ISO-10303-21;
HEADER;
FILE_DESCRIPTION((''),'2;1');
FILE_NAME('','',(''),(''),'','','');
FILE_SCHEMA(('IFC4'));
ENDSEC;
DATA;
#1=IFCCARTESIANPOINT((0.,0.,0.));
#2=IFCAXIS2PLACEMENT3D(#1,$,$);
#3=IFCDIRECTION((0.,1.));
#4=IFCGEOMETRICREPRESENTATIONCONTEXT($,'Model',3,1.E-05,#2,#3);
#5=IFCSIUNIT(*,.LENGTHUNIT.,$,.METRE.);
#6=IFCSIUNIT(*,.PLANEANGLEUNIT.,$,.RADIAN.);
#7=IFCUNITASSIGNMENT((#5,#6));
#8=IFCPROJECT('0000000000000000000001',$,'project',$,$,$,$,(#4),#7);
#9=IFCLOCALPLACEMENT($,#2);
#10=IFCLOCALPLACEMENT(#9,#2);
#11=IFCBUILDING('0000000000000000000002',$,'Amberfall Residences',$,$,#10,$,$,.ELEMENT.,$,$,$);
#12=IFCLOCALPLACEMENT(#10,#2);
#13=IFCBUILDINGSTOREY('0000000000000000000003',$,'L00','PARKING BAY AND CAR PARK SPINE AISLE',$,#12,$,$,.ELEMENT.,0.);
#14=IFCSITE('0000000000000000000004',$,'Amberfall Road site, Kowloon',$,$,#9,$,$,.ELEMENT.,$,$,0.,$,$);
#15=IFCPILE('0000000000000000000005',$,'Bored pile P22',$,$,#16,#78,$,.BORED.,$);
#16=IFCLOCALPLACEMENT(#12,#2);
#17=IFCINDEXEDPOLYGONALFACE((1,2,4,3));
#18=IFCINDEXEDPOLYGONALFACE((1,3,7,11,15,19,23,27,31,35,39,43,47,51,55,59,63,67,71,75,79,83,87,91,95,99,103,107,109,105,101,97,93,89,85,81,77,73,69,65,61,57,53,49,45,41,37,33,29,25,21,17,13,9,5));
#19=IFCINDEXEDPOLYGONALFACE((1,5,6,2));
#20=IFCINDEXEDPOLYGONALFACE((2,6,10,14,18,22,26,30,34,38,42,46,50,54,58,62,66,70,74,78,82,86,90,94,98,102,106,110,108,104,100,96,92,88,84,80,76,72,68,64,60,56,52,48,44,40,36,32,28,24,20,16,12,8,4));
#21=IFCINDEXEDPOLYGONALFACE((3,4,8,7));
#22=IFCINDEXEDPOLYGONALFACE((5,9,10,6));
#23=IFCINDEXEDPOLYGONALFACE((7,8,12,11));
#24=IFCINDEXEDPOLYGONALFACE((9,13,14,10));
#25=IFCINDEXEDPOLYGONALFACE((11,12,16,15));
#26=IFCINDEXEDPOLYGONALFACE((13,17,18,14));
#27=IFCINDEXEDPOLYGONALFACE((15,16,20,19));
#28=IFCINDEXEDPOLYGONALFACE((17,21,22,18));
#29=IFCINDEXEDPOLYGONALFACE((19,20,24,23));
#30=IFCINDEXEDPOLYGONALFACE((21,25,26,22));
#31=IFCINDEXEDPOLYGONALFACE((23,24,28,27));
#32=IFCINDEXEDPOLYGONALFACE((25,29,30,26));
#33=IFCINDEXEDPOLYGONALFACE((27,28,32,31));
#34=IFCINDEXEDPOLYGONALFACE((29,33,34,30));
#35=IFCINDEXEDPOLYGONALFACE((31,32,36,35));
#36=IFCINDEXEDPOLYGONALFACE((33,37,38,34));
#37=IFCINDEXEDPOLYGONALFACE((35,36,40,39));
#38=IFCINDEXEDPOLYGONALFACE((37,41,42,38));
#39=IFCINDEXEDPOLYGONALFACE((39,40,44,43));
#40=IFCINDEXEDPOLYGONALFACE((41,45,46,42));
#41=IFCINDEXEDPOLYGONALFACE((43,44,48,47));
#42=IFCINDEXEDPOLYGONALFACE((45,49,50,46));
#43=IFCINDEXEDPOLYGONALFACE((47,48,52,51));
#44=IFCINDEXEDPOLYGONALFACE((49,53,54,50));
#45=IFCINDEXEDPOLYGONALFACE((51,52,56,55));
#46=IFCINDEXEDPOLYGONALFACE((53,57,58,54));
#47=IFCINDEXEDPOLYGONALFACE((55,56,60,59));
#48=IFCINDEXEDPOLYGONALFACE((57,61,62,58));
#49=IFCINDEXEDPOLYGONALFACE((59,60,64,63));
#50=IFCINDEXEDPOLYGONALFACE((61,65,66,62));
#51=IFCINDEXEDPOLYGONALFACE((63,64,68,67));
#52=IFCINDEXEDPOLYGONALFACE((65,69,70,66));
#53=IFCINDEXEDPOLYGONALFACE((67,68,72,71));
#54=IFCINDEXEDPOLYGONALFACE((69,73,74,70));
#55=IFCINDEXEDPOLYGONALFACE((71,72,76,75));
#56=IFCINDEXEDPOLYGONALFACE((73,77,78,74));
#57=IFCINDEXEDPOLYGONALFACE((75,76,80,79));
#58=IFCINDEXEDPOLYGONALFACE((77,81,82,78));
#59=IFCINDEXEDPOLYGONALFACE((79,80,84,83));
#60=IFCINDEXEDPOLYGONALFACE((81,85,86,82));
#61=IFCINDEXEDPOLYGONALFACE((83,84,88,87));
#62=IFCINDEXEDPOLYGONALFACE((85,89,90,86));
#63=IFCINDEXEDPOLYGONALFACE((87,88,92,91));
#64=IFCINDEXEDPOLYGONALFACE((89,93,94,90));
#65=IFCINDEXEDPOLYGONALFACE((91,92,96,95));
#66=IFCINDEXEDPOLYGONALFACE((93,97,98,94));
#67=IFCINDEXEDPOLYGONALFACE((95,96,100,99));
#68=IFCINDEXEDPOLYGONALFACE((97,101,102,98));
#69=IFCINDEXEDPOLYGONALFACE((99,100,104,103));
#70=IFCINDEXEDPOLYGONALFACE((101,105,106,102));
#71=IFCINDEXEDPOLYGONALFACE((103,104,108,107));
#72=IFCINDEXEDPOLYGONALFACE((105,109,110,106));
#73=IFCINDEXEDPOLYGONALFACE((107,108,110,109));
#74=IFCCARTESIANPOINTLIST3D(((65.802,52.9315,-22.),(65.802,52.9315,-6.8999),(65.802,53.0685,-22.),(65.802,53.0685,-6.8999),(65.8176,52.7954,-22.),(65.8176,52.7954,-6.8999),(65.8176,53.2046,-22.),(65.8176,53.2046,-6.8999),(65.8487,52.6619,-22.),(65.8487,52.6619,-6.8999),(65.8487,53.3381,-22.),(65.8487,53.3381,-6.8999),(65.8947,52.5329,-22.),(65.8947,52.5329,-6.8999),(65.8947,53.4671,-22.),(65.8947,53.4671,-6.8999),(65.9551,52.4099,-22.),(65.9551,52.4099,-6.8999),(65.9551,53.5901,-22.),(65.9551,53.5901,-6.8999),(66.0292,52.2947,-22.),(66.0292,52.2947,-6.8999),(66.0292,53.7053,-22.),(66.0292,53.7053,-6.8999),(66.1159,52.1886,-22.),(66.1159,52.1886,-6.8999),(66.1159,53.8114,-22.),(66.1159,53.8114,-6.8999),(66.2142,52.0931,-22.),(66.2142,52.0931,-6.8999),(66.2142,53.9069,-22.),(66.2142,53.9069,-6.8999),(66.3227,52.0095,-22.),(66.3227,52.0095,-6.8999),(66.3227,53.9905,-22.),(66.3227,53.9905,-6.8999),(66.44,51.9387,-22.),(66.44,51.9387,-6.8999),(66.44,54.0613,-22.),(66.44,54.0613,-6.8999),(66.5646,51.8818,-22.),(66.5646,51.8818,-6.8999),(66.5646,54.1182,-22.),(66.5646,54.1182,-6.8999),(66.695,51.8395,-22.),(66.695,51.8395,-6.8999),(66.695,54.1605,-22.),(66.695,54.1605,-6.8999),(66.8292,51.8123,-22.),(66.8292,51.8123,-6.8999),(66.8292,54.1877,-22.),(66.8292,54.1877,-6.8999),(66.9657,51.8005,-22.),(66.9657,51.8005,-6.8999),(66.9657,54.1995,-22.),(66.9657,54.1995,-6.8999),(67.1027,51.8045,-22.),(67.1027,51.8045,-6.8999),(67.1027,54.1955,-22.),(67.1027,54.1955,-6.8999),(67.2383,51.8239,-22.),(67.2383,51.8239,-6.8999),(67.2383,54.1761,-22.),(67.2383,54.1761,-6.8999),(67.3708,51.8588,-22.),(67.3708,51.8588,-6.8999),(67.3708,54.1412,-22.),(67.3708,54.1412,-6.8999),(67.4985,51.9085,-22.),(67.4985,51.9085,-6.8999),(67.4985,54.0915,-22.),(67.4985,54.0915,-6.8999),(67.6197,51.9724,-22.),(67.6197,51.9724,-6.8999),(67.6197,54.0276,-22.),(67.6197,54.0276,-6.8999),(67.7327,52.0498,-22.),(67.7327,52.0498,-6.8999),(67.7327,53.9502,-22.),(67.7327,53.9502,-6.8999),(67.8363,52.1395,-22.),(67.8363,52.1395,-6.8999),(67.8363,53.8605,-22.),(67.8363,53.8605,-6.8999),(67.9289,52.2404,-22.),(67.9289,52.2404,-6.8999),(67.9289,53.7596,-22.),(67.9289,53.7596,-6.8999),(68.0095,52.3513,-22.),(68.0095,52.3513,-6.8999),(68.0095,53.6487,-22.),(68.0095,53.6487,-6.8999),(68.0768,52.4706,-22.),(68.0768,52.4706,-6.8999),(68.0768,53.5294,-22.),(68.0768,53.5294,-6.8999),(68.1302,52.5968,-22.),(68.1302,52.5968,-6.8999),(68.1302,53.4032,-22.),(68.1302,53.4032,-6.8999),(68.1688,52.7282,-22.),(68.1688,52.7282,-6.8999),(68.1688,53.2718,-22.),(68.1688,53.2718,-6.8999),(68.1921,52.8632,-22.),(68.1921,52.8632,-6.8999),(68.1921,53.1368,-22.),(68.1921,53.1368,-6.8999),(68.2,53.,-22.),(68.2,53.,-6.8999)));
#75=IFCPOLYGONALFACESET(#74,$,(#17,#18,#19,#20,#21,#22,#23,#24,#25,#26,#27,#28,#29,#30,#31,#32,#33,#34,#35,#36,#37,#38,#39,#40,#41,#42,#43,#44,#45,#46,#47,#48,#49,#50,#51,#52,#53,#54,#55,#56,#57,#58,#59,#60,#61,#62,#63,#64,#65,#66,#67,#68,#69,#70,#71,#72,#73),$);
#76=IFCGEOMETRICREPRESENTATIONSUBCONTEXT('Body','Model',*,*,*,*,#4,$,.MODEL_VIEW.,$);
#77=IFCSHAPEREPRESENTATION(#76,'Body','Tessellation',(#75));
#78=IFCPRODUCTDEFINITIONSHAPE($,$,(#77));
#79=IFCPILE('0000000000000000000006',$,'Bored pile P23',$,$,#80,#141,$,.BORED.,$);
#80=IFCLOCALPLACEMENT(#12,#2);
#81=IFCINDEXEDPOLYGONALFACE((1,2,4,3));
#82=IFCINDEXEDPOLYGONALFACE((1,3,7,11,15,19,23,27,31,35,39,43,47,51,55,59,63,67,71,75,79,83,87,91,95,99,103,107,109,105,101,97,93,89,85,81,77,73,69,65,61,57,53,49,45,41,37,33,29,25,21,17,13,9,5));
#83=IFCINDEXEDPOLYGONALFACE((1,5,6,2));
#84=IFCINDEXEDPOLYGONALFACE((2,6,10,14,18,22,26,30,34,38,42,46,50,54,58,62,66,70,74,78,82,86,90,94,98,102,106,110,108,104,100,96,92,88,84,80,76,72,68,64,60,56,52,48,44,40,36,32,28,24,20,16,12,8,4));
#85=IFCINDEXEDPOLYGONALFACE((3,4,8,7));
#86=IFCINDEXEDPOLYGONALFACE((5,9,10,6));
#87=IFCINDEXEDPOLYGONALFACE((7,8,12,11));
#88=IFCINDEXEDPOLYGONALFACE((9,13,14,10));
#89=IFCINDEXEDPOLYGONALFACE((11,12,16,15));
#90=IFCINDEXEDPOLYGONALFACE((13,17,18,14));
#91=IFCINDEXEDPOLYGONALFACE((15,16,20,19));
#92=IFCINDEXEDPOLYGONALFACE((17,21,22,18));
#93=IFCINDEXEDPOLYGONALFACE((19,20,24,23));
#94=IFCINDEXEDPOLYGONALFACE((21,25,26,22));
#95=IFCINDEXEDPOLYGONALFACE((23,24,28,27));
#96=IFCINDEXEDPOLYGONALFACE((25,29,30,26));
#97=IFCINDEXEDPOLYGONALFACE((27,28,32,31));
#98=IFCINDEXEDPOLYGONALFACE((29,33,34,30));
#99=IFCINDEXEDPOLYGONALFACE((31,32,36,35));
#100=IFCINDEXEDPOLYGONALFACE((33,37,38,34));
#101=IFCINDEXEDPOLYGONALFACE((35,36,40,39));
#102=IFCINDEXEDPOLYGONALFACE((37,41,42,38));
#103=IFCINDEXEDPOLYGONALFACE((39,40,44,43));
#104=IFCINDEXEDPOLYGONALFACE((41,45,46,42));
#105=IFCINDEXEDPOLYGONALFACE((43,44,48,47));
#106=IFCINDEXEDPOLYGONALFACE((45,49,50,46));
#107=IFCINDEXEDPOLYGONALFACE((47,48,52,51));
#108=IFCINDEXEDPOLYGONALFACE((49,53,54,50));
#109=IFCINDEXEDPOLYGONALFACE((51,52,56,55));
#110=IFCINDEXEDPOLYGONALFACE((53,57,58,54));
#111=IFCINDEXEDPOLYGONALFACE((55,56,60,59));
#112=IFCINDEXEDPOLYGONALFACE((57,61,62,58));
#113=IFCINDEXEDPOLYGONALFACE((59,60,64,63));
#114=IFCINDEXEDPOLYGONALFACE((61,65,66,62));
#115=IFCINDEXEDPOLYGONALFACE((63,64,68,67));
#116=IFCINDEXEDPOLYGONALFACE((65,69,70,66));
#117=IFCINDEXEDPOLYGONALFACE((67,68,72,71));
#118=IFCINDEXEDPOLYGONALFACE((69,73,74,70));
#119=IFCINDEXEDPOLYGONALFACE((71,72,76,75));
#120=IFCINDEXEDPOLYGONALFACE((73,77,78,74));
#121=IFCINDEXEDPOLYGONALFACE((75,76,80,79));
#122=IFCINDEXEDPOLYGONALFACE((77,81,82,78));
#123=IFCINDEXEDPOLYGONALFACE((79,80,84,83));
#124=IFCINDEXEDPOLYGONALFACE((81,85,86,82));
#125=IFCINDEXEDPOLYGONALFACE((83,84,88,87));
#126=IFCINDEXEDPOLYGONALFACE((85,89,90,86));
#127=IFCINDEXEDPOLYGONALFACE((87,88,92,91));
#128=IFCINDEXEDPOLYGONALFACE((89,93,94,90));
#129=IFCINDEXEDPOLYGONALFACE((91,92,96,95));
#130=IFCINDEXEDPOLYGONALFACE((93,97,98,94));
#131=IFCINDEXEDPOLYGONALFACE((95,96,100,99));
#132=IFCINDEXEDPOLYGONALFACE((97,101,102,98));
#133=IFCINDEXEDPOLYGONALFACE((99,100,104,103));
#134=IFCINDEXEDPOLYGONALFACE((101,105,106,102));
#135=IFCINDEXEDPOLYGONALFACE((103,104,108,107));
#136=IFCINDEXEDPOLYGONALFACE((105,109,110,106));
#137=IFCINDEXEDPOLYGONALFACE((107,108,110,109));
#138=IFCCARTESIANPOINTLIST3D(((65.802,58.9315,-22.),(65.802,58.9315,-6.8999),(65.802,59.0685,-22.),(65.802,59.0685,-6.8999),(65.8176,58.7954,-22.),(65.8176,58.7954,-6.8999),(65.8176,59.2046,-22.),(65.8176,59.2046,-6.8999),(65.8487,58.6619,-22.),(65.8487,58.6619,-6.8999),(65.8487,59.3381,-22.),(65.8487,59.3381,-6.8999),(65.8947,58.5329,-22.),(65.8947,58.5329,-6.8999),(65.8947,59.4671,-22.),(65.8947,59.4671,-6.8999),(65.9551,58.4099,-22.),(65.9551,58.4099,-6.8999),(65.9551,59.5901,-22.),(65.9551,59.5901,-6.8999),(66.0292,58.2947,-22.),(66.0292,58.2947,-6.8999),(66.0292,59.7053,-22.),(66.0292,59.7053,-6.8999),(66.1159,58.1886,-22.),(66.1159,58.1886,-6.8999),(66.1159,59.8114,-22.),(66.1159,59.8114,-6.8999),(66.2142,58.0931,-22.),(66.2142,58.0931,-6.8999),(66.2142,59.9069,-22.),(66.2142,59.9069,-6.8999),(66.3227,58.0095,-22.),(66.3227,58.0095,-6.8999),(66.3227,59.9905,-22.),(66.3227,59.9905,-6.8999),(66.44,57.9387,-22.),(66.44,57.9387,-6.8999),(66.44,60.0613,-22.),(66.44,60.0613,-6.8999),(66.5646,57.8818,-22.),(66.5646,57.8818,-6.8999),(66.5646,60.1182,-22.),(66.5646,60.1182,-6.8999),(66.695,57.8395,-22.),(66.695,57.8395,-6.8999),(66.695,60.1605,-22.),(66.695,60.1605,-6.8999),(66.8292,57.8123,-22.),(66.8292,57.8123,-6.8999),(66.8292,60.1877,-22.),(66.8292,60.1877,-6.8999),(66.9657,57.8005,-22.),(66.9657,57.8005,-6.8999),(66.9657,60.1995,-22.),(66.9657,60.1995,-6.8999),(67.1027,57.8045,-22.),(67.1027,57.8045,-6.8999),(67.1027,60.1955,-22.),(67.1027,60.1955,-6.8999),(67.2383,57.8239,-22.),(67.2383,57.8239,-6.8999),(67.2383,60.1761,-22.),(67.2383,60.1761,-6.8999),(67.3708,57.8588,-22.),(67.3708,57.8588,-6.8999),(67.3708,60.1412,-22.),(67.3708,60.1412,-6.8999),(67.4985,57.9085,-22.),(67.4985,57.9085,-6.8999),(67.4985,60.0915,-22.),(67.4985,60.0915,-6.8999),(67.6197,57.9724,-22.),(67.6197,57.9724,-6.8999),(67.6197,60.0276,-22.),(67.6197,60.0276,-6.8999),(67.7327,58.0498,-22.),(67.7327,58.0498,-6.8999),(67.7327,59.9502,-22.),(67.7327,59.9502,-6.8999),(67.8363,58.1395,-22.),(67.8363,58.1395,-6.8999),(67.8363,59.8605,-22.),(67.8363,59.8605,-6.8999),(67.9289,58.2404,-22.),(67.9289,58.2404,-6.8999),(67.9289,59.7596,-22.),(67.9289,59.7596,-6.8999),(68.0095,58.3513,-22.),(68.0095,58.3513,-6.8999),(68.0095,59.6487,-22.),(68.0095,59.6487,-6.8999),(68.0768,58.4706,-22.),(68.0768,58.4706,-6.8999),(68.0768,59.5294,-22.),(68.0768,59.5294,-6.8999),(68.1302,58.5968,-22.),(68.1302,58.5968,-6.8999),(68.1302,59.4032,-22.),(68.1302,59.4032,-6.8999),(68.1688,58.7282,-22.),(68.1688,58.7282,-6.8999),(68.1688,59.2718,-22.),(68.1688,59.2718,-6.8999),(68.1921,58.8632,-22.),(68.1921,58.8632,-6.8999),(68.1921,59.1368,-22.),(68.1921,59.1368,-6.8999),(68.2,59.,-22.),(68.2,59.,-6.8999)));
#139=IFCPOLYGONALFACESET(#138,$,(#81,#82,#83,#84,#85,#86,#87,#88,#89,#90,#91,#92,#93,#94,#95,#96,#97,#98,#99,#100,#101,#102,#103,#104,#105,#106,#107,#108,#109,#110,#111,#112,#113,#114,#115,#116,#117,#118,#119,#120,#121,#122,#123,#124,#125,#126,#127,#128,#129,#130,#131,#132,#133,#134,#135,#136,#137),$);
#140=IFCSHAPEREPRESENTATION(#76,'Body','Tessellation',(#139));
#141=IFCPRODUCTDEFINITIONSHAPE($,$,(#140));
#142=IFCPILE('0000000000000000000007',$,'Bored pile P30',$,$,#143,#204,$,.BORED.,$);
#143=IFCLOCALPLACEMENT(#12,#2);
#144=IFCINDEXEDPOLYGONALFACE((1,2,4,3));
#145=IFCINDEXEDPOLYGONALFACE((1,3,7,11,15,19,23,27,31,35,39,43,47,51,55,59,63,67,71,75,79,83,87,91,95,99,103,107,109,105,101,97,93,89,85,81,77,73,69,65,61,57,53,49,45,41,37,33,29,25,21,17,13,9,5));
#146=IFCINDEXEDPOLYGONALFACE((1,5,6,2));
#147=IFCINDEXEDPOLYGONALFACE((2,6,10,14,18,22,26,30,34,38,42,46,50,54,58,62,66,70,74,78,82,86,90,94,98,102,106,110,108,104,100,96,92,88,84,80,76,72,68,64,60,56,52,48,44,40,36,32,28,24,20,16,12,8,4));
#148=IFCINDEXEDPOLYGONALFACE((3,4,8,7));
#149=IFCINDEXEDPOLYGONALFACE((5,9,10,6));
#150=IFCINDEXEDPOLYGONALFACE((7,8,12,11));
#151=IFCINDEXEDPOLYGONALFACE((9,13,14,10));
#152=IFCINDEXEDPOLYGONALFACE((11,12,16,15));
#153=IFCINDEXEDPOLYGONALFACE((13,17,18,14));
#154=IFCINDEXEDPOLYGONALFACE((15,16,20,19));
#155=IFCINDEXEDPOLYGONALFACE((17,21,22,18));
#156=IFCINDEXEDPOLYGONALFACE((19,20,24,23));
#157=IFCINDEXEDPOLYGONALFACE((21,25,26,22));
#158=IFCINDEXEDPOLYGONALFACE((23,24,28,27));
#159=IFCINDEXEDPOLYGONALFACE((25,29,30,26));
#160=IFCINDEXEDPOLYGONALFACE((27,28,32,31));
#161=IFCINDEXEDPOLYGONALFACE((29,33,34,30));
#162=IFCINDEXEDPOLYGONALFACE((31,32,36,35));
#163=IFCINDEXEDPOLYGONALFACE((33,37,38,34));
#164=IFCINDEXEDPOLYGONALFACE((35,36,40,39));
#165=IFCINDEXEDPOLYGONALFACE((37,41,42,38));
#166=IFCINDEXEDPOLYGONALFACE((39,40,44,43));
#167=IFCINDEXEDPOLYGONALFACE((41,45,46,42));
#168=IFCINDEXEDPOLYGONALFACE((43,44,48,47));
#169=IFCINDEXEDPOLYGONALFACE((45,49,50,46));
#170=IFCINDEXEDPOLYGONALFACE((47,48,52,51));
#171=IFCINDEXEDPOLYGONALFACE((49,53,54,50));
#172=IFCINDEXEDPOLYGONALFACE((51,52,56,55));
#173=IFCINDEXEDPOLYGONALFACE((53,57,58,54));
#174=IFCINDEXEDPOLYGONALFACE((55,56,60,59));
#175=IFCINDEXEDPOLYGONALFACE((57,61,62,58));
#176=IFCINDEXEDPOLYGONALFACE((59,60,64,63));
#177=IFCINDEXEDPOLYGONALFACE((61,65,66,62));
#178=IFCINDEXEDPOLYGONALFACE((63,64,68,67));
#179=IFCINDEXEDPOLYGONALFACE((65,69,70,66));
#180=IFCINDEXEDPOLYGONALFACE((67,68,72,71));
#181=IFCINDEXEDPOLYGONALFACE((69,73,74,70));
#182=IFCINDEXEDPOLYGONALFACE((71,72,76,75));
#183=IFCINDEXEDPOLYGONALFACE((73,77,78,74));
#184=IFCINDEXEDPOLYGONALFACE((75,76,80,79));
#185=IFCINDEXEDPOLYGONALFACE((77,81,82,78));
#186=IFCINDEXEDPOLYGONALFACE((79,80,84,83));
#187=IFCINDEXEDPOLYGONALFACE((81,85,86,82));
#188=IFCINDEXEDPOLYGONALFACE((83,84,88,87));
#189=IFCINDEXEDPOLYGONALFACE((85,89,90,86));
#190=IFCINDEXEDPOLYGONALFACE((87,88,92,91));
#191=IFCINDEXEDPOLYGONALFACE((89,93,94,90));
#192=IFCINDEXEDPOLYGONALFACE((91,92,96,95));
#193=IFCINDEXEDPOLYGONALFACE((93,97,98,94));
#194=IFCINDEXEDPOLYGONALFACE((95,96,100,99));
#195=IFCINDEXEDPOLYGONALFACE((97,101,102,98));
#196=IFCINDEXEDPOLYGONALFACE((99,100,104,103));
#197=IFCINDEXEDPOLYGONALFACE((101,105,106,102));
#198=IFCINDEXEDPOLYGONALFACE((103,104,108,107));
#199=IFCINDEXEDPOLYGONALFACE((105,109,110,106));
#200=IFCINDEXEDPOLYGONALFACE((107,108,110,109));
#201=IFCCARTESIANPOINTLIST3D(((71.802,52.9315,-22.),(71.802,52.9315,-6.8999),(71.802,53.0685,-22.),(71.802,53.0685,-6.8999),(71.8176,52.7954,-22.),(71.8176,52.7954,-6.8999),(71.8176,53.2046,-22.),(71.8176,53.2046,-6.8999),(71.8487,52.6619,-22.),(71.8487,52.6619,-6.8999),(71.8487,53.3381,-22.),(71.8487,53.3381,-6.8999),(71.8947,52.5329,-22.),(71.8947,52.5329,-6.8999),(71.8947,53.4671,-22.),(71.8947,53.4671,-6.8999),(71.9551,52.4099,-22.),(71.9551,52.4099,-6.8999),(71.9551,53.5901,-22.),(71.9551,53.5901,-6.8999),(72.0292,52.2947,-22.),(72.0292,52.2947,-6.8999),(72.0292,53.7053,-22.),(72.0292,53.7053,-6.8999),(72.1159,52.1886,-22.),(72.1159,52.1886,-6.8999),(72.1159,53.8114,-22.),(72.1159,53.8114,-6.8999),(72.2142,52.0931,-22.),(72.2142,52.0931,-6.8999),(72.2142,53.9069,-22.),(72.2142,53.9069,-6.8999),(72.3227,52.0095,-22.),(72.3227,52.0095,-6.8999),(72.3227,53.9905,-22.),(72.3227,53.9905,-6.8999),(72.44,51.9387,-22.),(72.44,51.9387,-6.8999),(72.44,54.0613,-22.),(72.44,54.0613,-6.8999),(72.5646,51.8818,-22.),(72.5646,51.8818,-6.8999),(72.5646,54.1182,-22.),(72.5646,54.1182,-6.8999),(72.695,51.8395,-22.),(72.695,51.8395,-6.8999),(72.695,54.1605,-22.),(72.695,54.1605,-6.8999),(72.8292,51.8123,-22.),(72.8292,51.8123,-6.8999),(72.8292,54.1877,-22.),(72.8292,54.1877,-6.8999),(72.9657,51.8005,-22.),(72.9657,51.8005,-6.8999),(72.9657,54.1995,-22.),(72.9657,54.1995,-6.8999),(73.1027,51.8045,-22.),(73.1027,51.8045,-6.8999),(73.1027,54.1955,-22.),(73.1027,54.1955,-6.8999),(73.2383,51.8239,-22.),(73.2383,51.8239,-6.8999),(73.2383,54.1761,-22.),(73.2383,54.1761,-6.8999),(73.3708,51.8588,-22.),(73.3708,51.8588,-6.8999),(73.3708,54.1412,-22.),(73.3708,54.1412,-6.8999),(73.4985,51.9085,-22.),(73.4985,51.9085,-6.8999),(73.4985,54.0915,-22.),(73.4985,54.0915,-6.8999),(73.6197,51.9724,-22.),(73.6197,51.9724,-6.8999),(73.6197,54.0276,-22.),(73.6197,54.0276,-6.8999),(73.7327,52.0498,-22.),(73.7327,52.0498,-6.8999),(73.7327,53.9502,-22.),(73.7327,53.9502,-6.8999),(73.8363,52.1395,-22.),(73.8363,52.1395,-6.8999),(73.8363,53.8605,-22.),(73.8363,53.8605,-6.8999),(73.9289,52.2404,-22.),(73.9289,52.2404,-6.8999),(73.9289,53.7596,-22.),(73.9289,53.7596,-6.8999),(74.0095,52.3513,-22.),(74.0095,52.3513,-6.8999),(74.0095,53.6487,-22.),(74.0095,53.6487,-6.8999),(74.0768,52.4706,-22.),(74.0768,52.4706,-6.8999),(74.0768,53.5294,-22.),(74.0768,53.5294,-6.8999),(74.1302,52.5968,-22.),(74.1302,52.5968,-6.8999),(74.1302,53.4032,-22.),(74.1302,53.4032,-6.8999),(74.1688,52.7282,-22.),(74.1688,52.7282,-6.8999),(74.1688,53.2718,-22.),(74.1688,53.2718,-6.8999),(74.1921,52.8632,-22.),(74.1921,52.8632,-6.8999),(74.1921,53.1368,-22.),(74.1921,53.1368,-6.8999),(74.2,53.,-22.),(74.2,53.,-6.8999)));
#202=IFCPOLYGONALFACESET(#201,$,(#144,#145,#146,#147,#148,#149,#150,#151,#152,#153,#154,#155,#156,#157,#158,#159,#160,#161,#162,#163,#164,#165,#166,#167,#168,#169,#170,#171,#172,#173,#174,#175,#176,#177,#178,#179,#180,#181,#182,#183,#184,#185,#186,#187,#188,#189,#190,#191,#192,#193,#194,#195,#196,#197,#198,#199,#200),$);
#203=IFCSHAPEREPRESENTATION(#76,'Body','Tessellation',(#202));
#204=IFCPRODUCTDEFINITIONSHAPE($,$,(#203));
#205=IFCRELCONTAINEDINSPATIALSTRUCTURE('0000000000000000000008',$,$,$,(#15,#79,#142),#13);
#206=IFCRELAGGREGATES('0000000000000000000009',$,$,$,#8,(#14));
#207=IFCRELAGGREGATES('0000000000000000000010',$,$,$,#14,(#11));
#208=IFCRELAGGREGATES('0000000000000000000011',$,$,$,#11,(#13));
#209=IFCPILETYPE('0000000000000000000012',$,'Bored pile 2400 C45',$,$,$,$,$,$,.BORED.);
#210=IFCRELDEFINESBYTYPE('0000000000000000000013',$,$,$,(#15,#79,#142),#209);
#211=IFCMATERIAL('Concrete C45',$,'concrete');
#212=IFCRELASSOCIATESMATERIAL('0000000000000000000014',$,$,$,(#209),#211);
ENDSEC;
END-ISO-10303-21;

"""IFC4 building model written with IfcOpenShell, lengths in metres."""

from ifc_helpers import new_model, si_unit, direction, frame, origin, origin_2d, place, context, subcontext, project, spatial, circle, extrude, material, material_profile, profile_set, type_object, element, save


model = new_model("IFC4")

# Units and contexts
model_context = context("Model", 3, precision=1e-05, world=origin(), true_north=direction((0.0, 1.0)))
body_context = subcontext(model_context, "Body", "Model", "MODEL_VIEW")
ifc_project = project(units=[si_unit("LENGTHUNIT", "METRE"), si_unit("PLANEANGLEUNIT", "RADIAN")], contexts=[model_context])

# Site, building, storey
site_placement = place(None, origin())
site = spatial("IfcSite", under=ifc_project, at=site_placement, Name="Amberfall Road site, Kowloon", CompositionType="ELEMENT", RefElevation=0.0)
building_placement = place(site_placement, origin())
building = spatial("IfcBuilding", under=site, at=building_placement, Name="Amberfall Residences", CompositionType="ELEMENT")
storey_placement = place(building_placement, origin())
storey = spatial("IfcBuildingStorey", under=building, at=storey_placement, Name="L00", Description="PARKING BAY AND CAR PARK SPINE AISLE", CompositionType="ELEMENT", Elevation=0.0)

# Piles
ifc_material_1 = material(Name="Concrete C45", Category="concrete")
ifc_material_profile = material_profile(ifc_material_1, circle(Radius=1.2, at=origin_2d()), Name="Bored pile 2400 C45")
ifc_profile_set = profile_set([ifc_material_profile], Name="Concrete C45")
pile_type = type_object("IfcPileType", Name="Bored pile 2400 C45", PredefinedType="BORED", material=ifc_profile_set)
for number, where, z_axis, x_axis, name in (
    (1, (67.0, 53.0, -6.8999), (0.0, 0.0, -1.0), (1.0, 0.0, 0.0), "Bored pile P22"),
    (2, (67.0, 59.0, -6.8999), (0.0, 0.0, -1.0), (1.0, 0.0, 0.0), "Bored pile P23"),
    (3, (73.0, 53.0, -6.8999), (0.0, 0.0, -1.0), (1.0, 0.0, 0.0), "Bored pile P30"),
):
    element("IfcPile", number, at=place(storey_placement, frame(where, z_axis=z_axis, x_axis=x_axis)), inside=storey, type_object=pile_type, Name=name, PredefinedType="BORED", context=body_context, shape_type="SweptSolid", body=[
        extrude(circle(Radius=1.2, at=origin_2d()), origin(), (0.0, 0.0, 1.0), 15.1001),
    ])

save(model, "model.ifc")
